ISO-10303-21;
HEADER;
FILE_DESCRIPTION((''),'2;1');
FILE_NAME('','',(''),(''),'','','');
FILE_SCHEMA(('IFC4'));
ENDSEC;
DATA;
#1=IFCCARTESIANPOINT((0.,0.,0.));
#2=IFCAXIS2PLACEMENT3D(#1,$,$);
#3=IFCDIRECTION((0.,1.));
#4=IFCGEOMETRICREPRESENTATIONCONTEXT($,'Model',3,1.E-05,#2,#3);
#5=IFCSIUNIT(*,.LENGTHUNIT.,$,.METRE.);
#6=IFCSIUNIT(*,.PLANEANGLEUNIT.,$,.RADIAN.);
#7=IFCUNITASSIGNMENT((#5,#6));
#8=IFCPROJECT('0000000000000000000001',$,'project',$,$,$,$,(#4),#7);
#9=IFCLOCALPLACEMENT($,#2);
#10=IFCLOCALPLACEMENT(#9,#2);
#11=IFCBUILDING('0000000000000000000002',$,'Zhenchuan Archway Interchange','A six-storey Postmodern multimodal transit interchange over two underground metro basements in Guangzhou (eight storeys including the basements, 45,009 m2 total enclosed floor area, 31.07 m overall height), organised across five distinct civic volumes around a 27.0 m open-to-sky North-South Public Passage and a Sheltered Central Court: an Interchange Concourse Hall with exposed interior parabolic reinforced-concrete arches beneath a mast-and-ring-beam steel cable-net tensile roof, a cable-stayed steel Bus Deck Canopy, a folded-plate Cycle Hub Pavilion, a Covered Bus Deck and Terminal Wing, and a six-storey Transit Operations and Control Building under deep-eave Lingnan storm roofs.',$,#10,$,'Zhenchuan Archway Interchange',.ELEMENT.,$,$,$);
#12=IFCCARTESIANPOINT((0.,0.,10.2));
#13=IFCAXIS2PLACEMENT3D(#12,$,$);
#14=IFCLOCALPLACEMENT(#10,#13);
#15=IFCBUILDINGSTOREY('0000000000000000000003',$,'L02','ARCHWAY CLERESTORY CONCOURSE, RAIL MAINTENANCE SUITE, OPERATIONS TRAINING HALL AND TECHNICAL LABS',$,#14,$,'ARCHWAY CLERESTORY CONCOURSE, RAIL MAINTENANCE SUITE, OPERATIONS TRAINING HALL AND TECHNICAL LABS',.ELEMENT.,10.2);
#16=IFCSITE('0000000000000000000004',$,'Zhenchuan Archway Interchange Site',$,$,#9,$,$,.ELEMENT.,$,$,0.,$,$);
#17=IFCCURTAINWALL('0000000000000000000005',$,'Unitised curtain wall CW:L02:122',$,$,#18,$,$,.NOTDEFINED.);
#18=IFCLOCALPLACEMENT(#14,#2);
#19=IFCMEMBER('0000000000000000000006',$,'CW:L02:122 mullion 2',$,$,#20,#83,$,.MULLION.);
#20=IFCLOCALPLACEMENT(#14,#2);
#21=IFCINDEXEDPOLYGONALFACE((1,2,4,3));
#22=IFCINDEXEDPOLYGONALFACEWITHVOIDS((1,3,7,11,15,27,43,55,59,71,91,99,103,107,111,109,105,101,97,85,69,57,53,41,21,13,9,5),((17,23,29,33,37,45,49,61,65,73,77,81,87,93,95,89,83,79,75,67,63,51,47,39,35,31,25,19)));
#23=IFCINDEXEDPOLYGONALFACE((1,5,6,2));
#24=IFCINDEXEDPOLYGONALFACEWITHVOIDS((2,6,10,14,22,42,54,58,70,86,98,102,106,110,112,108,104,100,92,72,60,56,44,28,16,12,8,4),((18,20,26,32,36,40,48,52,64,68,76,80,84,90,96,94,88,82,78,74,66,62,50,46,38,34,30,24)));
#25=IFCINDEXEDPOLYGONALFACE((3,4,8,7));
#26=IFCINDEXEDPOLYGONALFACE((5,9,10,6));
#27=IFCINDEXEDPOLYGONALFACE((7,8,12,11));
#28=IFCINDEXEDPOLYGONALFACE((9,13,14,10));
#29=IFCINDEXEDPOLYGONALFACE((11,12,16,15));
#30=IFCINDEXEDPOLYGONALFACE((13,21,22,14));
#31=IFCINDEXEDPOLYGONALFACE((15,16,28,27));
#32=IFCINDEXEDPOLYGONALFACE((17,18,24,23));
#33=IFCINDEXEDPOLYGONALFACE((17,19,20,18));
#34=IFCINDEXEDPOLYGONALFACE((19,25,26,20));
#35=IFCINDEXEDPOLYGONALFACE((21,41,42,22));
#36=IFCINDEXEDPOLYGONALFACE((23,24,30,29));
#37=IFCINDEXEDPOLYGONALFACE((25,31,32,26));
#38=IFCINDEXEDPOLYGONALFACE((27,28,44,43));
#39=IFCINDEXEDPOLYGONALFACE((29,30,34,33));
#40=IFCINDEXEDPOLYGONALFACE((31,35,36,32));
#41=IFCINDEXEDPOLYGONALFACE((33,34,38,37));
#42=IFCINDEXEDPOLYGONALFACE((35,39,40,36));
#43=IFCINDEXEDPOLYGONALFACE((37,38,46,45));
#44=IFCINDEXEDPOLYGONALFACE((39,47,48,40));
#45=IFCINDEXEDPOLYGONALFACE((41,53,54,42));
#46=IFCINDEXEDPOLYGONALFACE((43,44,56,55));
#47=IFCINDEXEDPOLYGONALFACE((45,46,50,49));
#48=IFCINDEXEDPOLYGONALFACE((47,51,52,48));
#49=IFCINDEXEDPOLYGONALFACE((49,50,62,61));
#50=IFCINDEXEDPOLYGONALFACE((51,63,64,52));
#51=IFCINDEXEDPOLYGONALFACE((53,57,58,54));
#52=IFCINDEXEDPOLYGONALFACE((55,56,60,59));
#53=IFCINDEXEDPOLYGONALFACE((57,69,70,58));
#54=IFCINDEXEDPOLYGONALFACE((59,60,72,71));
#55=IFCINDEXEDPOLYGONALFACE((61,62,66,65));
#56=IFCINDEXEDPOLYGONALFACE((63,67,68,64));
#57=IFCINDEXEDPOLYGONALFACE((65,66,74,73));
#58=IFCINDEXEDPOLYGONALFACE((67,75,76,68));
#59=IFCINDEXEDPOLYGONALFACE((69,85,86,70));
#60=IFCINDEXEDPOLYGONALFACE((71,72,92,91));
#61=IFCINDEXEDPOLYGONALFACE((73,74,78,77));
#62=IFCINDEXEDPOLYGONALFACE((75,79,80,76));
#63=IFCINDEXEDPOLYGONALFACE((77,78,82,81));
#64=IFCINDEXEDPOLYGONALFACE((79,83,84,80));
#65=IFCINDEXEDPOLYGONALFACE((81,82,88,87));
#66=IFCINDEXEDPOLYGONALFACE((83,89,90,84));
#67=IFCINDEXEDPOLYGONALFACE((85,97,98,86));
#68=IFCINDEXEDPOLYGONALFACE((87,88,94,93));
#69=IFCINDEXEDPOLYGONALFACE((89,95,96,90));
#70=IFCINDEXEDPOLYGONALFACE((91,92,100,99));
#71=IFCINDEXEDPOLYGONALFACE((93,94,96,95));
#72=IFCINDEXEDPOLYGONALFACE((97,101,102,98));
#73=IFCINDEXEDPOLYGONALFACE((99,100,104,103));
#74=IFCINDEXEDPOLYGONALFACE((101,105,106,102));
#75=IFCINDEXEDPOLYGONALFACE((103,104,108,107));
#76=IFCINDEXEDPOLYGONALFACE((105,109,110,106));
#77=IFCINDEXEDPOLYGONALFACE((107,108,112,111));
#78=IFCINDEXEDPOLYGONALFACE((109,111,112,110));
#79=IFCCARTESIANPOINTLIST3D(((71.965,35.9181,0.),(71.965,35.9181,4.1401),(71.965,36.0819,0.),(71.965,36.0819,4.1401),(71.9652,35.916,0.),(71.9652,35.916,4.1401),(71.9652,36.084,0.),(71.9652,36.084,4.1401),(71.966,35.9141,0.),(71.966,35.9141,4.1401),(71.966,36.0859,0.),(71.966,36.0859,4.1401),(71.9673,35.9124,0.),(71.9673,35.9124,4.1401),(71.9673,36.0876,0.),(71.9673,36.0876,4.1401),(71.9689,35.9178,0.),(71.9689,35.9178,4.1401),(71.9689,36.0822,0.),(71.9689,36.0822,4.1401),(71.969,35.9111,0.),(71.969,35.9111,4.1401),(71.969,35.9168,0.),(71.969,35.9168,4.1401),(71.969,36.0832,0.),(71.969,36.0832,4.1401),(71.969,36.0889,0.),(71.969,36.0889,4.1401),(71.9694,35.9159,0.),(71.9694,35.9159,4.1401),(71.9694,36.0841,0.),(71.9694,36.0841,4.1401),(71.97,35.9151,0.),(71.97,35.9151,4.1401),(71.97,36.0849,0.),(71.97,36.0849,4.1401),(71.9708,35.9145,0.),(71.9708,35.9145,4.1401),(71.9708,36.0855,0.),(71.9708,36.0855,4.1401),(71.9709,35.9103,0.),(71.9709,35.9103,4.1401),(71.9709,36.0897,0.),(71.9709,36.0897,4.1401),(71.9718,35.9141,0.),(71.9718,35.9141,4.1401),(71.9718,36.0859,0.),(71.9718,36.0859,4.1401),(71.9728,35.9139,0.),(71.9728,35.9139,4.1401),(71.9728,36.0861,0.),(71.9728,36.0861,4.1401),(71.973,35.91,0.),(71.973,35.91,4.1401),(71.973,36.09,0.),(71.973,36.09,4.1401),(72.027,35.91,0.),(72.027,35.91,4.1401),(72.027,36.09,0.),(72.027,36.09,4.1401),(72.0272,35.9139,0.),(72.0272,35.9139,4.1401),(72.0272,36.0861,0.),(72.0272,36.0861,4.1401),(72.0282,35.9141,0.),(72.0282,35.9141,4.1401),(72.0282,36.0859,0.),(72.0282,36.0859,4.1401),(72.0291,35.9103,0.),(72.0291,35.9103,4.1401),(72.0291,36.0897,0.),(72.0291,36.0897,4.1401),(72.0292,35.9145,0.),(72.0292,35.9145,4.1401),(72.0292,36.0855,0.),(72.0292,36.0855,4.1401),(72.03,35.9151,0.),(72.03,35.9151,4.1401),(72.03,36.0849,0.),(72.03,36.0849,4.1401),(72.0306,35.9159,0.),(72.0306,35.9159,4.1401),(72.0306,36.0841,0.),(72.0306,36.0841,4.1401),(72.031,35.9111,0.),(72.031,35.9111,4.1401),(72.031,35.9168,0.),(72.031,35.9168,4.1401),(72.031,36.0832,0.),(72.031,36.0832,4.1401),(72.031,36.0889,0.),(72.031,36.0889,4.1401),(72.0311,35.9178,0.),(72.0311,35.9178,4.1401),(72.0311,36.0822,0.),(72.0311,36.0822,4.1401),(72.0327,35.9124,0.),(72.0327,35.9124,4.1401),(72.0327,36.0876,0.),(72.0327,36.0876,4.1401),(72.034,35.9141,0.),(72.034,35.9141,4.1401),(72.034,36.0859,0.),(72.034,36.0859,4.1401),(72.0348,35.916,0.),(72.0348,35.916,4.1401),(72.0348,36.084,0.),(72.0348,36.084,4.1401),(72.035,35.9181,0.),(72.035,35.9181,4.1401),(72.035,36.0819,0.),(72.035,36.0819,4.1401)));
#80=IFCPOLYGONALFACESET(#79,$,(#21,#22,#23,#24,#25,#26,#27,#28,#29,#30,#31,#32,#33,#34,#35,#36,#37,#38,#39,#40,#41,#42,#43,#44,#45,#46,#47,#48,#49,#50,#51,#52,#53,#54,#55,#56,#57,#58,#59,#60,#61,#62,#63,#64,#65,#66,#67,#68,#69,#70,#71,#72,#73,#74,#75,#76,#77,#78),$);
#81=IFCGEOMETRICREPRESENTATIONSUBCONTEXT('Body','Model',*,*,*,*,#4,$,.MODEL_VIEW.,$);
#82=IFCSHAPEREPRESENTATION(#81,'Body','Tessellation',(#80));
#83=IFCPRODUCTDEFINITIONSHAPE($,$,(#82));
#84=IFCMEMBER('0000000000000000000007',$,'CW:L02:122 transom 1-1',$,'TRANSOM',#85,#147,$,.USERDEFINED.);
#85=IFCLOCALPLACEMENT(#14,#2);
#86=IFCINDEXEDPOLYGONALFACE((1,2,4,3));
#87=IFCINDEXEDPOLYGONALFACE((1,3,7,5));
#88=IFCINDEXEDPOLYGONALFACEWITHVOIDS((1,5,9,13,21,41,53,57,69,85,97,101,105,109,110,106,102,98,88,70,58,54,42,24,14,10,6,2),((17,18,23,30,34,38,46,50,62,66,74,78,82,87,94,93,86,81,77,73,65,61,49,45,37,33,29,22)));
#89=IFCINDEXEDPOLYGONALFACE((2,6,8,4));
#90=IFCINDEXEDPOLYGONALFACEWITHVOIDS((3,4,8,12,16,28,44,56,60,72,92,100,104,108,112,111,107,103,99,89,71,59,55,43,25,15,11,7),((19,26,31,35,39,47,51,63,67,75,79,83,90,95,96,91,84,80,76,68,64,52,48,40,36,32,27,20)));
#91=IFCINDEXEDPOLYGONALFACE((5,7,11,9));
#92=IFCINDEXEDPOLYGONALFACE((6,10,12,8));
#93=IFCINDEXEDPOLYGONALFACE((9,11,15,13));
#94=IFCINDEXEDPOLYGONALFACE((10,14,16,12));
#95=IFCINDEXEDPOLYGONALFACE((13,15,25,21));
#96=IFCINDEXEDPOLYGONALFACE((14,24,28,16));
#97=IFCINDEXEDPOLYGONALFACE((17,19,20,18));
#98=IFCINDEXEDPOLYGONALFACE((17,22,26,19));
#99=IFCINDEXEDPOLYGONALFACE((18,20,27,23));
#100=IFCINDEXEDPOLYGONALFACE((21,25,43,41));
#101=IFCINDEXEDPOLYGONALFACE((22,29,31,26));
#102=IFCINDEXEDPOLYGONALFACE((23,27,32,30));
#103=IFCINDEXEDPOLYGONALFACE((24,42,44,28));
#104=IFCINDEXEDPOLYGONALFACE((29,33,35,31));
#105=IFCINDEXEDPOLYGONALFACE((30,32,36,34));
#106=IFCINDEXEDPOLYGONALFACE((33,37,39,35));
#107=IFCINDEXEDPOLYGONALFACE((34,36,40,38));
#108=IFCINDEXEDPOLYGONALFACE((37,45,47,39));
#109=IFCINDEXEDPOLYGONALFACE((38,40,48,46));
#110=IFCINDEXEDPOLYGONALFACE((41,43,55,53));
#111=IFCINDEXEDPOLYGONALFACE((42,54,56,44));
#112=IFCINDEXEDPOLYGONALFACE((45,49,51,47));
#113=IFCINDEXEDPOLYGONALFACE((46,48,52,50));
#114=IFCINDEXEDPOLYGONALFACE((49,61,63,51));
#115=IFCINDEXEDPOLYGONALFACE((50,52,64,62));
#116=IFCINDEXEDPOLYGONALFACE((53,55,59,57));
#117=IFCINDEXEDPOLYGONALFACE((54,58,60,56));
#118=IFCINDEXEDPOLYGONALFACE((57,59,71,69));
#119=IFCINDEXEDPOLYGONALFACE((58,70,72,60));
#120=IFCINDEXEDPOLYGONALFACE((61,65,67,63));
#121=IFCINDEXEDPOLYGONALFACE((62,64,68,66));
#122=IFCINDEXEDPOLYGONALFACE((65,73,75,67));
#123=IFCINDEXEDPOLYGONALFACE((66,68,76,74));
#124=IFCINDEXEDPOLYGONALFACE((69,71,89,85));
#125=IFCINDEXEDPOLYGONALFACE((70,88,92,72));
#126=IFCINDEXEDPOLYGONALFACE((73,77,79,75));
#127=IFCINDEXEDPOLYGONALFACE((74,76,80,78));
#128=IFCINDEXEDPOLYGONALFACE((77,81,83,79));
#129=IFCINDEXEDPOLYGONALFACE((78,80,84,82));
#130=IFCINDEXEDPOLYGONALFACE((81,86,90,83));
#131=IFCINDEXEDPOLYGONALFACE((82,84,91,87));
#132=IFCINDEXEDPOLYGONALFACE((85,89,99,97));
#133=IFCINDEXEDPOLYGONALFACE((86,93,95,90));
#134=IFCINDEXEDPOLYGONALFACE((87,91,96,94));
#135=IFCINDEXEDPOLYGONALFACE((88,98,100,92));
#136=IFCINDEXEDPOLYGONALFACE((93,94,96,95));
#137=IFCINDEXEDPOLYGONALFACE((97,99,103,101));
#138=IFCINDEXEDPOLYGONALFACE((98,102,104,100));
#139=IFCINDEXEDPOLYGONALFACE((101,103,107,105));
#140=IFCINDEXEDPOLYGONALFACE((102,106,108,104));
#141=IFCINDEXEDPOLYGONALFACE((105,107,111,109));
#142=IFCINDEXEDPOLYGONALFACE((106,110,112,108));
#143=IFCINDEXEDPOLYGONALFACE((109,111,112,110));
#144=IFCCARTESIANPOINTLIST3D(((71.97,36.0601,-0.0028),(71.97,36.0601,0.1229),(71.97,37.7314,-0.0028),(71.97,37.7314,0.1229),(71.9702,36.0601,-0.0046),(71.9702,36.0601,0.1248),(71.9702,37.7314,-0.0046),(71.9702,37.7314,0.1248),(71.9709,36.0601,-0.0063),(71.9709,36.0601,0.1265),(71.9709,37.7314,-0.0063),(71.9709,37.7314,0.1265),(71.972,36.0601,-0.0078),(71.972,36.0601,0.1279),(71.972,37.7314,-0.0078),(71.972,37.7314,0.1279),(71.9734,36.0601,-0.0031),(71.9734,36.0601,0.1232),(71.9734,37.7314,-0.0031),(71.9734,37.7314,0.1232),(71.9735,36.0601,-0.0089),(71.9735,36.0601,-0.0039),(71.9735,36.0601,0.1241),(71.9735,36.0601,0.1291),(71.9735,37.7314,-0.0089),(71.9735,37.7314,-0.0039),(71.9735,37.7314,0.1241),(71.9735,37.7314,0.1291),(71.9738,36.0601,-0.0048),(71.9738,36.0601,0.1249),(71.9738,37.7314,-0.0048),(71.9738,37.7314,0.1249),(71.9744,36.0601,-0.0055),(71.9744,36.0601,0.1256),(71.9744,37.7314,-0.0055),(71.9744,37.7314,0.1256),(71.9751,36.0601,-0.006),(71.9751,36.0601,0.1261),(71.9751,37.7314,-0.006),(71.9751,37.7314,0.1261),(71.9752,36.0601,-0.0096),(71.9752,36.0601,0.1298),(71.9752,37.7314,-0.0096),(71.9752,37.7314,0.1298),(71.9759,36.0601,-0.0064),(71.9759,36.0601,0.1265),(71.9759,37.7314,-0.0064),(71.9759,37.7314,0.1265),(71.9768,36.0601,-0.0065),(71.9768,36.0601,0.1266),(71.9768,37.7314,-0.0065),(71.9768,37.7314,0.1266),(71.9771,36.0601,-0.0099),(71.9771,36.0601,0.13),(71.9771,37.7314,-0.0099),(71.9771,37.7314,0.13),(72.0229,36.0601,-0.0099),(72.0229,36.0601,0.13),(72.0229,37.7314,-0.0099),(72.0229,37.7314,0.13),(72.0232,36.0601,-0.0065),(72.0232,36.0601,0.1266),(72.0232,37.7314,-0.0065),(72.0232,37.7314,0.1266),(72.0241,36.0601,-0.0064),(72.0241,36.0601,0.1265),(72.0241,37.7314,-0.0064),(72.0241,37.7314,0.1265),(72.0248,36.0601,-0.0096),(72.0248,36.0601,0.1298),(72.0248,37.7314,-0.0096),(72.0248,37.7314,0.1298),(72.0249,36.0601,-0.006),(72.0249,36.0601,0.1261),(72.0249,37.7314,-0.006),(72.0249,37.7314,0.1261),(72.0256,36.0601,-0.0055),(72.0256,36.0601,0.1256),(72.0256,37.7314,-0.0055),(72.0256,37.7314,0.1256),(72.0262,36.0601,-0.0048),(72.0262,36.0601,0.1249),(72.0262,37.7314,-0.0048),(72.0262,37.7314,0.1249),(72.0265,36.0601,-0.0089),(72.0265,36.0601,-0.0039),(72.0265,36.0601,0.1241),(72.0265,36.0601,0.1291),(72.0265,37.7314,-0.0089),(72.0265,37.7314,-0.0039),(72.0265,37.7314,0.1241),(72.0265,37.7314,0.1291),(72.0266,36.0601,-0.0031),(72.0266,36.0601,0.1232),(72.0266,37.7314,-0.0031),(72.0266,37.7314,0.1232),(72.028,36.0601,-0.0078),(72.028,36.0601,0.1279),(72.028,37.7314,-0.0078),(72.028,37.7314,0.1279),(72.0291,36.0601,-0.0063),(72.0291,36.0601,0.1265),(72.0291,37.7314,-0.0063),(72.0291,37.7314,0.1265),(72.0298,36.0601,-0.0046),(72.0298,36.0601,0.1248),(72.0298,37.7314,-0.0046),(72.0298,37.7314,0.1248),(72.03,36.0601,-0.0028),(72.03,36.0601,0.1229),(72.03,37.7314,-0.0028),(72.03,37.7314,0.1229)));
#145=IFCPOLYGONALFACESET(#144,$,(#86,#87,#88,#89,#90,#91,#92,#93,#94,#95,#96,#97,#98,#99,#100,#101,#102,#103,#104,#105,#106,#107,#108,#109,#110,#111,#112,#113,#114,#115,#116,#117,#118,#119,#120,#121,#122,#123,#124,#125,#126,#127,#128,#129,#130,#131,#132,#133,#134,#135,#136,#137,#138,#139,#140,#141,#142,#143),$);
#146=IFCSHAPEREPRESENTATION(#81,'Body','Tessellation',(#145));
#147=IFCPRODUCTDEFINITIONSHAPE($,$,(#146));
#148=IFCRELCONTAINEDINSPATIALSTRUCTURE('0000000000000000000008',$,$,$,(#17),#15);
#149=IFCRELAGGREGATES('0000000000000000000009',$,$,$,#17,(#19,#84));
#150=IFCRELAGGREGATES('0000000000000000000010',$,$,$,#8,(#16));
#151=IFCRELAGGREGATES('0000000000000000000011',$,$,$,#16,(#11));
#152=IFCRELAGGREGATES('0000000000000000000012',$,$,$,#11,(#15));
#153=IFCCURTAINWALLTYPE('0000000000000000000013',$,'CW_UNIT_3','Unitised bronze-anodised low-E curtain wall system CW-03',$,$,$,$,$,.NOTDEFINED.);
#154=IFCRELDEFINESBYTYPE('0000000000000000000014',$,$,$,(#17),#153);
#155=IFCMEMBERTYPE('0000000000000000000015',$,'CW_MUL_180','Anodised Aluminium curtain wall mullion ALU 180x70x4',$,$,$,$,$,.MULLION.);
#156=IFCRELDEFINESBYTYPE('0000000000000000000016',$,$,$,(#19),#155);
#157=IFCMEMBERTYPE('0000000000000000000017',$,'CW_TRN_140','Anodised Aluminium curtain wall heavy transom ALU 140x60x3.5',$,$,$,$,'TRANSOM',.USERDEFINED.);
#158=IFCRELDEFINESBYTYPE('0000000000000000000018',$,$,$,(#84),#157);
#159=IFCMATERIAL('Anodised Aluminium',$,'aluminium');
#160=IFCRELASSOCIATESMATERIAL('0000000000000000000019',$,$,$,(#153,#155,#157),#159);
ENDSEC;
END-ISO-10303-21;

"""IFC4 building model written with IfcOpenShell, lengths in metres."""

from ifc_helpers import new_model, si_unit, direction, frame, origin, origin_2d, place, context, subcontext, project, spatial, hollow_rectangle, extrude, material, material_profile, profile_set, type_object, element, aggregate, save


model = new_model("IFC4")

# Units and contexts
model_context = context("Model", 3, precision=1e-05, world=origin(), true_north=direction((0.0, 1.0)))
body_context = subcontext(model_context, "Body", "Model", "MODEL_VIEW")
ifc_project = project(units=[si_unit("LENGTHUNIT", "METRE"), si_unit("PLANEANGLEUNIT", "RADIAN")], contexts=[model_context])

# Site, building, storey
site_placement = place(None, origin())
site = spatial("IfcSite", under=ifc_project, at=site_placement, Name="Zhenchuan Archway Interchange Site", CompositionType="ELEMENT", RefElevation=0.0)
building_placement = place(site_placement, origin())
building = spatial("IfcBuilding", under=site, at=building_placement, Name="Zhenchuan Archway Interchange", Description="A six-storey Postmodern multimodal transit interchange over two underground metro basements in Guangzhou (eight storeys including the basements, 45,009 m2 total enclosed floor area, 31.07 m overall height), organised across five distinct civic volumes around a 27.0 m open-to-sky North-South Public Passage and a Sheltered Central Court: an Interchange Concourse Hall with exposed interior parabolic reinforced-concrete arches beneath a mast-and-ring-beam steel cable-net tensile roof, a cable-stayed steel Bus Deck Canopy, a folded-plate Cycle Hub Pavilion, a Covered Bus Deck and Terminal Wing, and a six-storey Transit Operations and Control Building under deep-eave Lingnan storm roofs.", LongName="Zhenchuan Archway Interchange", CompositionType="ELEMENT")
storey_placement = place(building_placement, frame((0.0, 0.0, 10.2)))
storey = spatial("IfcBuildingStorey", under=building, at=storey_placement, Name="L02", Description="ARCHWAY CLERESTORY CONCOURSE, RAIL MAINTENANCE SUITE, OPERATIONS TRAINING HALL AND TECHNICAL LABS", LongName="ARCHWAY CLERESTORY CONCOURSE, RAIL MAINTENANCE SUITE, OPERATIONS TRAINING HALL AND TECHNICAL LABS", CompositionType="ELEMENT", Elevation=10.2)

# Curtain wall, members
ifc_material_1 = material(Name="Anodised Aluminium", Category="aluminium")
curtain_wall_type = type_object("IfcCurtainWallType", Name="CW_UNIT_3", Description="Unitised bronze-anodised low-E curtain wall system CW-03", PredefinedType="NOTDEFINED", material=ifc_material_1)
curtain_wall_placement = place(storey_placement, origin())
curtain_wall = element("IfcCurtainWall", 1, at=curtain_wall_placement, inside=storey, type_object=curtain_wall_type, Name="Unitised curtain wall CW:L02:122", PredefinedType="NOTDEFINED")
ifc_material_profile_1 = material_profile(ifc_material_1, hollow_rectangle(XDim=0.0701, YDim=0.1799, WallThickness=0.0039, InnerFilletRadius=0.0039, OuterFilletRadius=0.0081, at=origin_2d()), Name="ALU 180x70x4")
ifc_profile_set_1 = profile_set([ifc_material_profile_1], Name="Anodised Aluminium")
member_type_1 = type_object("IfcMemberType", Name="CW_MUL_180", Description="Anodised Aluminium curtain wall mullion ALU 180x70x4", PredefinedType="MULLION", material=ifc_profile_set_1)
member_1_placement = place(storey_placement, frame((72.0, 36.0, 0.0), z_axis=(0.0, 0.0, 1.0), x_axis=(1.0, 0.0, 0.0)))
member_1 = element("IfcMember", 2, at=member_1_placement, type_object=member_type_1, Name="CW:L02:122 mullion 2", PredefinedType="MULLION", context=body_context, shape_type="SweptSolid", body=[
    extrude(hollow_rectangle(XDim=0.0701, YDim=0.1799, WallThickness=0.0039, InnerFilletRadius=0.0039, OuterFilletRadius=0.0081, at=origin_2d()), origin(), (0.0, 0.0, 1.0), 4.1401),
])
ifc_material_profile_2 = material_profile(ifc_material_1, hollow_rectangle(XDim=0.0601, YDim=0.1399, WallThickness=0.0034, InnerFilletRadius=0.0034, OuterFilletRadius=0.0071, at=origin_2d()), Name="ALU 140x60x3.5")
ifc_profile_set_2 = profile_set([ifc_material_profile_2], Name="Anodised Aluminium")
member_type_2 = type_object("IfcMemberType", Name="CW_TRN_140", Description="Anodised Aluminium curtain wall heavy transom ALU 140x60x3.5", ElementType="TRANSOM", PredefinedType="USERDEFINED", material=ifc_profile_set_2)
member_2_placement = place(storey_placement, frame((72.0, 37.7314, 0.0601), z_axis=(0.0, -1.0, 0.0), x_axis=(1.0, 0.0, 0.0)))
member_2 = element("IfcMember", 3, at=member_2_placement, type_object=member_type_2, Name="CW:L02:122 transom 1-1", ObjectType="TRANSOM", PredefinedType="USERDEFINED", context=body_context, shape_type="SweptSolid", body=[
    extrude(hollow_rectangle(XDim=0.0601, YDim=0.1399, WallThickness=0.0034, InnerFilletRadius=0.0034, OuterFilletRadius=0.0071, at=origin_2d()), origin(), (0.0, 0.0, 1.0), 1.6714),
])

aggregate(curtain_wall, [member_1, member_2])

save(model, "model.ifc")
